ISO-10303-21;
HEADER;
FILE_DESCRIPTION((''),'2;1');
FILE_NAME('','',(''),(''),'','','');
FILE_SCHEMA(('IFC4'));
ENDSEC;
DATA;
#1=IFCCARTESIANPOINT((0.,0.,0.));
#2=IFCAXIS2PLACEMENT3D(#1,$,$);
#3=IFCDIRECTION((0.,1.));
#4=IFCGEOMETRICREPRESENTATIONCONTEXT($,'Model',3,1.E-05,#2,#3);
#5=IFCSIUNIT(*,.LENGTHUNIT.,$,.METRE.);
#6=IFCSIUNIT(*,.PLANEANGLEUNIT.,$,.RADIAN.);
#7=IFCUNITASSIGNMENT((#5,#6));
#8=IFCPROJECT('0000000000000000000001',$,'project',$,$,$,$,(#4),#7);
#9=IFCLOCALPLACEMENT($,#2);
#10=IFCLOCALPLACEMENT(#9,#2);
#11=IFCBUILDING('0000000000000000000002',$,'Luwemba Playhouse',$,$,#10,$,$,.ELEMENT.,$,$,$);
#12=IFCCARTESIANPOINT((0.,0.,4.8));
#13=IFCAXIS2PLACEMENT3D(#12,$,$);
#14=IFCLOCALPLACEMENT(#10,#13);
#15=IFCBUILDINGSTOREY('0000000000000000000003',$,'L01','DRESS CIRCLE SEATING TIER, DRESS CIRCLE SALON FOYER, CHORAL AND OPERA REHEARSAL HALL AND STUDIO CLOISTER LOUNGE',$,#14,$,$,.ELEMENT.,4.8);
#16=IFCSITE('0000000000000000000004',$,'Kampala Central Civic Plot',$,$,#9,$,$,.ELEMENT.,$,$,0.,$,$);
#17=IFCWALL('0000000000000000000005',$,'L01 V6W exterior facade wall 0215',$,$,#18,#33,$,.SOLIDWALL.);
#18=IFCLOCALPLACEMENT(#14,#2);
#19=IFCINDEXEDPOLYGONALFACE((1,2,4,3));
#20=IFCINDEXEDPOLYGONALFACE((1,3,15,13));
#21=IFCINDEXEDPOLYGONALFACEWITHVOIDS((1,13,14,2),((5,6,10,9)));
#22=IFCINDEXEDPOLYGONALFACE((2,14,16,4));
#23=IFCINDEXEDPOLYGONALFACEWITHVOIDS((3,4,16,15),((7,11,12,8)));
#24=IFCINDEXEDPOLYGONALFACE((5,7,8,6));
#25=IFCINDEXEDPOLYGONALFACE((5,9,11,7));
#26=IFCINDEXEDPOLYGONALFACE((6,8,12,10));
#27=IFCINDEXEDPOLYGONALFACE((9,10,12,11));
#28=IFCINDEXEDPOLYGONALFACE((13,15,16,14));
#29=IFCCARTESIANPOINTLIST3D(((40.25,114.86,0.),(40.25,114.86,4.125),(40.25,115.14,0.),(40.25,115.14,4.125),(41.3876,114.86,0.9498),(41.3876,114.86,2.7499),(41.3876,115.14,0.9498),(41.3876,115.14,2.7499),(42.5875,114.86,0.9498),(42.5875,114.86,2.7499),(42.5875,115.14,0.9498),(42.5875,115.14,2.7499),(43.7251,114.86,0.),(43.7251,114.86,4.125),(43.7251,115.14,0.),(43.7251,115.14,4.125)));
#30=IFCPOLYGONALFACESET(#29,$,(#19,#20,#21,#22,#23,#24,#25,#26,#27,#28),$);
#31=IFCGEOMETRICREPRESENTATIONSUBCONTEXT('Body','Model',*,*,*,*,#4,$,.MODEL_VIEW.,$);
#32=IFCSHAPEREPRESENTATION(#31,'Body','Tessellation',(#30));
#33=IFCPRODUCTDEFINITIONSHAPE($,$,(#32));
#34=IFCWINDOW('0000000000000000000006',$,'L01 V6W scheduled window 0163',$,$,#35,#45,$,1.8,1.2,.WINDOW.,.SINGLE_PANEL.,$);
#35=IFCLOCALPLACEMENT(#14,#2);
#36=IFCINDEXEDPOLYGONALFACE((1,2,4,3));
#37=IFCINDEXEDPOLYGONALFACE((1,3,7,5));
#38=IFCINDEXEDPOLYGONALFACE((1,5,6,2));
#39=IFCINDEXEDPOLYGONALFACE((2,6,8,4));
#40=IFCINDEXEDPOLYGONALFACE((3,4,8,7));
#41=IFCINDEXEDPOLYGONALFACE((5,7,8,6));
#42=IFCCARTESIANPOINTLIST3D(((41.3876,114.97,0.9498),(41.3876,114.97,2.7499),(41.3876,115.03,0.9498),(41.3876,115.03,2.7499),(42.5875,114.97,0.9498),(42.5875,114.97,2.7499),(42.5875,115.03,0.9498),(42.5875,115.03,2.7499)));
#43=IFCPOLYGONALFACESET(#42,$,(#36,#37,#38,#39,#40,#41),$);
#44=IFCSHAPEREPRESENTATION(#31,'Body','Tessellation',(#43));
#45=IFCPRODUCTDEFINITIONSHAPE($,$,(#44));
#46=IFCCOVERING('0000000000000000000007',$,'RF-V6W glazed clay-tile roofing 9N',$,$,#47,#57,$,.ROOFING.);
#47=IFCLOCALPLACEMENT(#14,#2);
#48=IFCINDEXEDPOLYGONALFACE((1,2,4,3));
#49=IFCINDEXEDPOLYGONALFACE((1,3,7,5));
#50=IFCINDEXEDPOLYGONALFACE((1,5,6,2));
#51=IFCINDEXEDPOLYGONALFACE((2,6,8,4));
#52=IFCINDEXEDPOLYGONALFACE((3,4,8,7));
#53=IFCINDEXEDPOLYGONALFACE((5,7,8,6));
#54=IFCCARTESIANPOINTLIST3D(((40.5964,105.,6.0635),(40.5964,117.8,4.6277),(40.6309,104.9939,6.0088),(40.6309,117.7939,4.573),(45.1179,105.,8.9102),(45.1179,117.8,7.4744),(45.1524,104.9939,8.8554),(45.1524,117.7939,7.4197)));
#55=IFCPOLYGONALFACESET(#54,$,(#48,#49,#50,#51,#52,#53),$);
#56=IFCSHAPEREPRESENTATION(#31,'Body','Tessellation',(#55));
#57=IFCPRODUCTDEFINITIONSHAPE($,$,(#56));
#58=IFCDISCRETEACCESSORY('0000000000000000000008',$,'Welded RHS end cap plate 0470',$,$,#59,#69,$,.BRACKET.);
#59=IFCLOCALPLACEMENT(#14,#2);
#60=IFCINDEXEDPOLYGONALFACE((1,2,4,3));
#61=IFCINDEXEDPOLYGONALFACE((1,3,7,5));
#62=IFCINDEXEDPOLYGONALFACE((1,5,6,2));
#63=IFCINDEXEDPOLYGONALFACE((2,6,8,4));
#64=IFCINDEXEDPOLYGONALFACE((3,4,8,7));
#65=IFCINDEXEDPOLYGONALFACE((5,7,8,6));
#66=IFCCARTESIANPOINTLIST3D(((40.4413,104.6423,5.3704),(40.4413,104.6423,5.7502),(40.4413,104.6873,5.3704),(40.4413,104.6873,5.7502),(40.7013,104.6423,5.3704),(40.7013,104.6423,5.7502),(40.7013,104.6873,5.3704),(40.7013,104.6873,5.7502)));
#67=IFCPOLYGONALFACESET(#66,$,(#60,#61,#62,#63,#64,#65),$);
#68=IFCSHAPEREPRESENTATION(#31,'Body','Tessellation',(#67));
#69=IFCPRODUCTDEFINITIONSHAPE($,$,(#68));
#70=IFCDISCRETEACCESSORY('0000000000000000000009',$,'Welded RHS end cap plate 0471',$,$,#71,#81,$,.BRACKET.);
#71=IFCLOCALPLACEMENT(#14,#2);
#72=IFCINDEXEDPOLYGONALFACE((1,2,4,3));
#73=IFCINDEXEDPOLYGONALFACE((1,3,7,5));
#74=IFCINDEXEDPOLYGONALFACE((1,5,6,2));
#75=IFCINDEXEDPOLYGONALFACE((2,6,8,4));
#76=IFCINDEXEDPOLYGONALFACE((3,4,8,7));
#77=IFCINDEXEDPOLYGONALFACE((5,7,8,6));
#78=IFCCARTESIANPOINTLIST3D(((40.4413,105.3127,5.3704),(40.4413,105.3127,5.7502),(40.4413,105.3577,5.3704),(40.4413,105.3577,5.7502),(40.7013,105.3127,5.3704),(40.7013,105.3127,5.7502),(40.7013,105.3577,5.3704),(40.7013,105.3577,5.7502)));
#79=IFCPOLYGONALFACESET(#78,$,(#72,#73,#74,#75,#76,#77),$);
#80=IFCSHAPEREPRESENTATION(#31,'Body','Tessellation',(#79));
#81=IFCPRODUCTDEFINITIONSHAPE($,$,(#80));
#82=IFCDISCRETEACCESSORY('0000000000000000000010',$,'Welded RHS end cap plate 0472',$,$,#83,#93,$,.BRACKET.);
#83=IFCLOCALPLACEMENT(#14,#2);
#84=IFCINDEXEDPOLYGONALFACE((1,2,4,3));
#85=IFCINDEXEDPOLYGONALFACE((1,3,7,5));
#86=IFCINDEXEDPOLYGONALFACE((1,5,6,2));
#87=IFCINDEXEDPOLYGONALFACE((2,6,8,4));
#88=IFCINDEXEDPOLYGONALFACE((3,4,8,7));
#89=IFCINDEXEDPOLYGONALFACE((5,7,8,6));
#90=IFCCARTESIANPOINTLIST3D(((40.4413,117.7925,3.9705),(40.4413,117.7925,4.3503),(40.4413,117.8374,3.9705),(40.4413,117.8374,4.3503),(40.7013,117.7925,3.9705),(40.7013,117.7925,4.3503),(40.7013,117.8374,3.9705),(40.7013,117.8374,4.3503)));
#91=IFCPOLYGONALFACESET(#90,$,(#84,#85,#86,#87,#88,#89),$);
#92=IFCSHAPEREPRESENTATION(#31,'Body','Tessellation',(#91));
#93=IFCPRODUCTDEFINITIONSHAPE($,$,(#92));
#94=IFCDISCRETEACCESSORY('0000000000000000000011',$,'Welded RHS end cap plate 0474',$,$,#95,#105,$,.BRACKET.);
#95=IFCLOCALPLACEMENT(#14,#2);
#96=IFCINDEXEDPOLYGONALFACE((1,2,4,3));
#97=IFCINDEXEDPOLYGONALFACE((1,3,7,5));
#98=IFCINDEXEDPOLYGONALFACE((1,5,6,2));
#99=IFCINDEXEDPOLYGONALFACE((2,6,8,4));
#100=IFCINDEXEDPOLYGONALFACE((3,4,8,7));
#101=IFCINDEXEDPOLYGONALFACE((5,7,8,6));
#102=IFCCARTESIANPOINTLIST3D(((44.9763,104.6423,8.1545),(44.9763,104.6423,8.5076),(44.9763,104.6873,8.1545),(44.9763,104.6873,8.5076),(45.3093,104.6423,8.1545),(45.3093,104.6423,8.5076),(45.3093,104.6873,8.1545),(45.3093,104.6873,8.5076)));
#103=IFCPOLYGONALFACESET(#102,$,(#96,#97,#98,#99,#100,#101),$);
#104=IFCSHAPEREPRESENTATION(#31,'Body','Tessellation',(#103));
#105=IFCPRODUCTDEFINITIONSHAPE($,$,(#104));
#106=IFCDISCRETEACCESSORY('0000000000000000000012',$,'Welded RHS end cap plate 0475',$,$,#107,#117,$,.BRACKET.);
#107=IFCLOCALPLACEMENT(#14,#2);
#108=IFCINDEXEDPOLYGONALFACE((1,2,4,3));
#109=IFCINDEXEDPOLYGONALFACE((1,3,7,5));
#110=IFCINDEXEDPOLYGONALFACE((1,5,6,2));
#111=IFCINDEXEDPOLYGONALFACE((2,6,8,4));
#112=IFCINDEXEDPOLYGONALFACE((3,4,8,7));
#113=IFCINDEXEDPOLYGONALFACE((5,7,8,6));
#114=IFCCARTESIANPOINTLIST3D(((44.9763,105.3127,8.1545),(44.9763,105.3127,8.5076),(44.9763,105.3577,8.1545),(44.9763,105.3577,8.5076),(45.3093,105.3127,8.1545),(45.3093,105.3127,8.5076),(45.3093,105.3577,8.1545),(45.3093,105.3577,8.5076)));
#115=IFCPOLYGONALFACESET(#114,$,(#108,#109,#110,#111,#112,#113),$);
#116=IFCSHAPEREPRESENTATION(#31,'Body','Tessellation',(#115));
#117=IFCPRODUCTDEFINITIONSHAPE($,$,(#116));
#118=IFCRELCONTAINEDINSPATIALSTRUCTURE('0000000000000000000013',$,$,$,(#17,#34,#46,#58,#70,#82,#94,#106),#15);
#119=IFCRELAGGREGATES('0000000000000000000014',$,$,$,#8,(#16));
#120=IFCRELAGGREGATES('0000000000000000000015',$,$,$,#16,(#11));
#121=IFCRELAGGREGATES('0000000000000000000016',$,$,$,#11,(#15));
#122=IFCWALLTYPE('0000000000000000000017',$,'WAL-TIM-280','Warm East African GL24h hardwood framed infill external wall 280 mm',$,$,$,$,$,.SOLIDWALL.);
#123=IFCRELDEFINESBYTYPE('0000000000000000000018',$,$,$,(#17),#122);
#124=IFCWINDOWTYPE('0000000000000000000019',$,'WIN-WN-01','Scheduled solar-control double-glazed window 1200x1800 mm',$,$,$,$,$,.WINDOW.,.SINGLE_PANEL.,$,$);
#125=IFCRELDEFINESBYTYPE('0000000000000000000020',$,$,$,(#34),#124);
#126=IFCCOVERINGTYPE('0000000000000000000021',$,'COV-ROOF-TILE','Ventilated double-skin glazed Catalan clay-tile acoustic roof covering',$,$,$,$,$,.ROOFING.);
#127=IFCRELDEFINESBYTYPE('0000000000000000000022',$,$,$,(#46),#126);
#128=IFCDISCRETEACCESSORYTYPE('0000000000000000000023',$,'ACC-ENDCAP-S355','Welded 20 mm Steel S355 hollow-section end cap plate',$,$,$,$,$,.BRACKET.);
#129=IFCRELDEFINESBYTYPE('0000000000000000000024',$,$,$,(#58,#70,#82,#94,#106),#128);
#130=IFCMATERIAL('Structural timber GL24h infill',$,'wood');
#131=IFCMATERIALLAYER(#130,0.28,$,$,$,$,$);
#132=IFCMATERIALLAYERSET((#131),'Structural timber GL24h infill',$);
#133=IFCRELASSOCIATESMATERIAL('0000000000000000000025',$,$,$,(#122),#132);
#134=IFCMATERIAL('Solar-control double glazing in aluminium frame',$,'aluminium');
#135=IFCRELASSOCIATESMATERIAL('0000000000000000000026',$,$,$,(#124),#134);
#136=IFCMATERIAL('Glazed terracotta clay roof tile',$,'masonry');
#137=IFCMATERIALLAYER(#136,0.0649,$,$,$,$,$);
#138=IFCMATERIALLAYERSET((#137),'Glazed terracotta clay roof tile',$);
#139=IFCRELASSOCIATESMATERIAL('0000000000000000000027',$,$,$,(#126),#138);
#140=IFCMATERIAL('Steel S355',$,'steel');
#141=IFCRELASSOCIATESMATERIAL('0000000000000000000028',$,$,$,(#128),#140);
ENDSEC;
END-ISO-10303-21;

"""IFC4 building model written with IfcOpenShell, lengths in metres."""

from ifc_helpers import new_model, si_unit, direction, frame, frame_2d, origin, origin_2d, place, context, subcontext, project, spatial, polyline, rectangle, outline, extrude, material, layer, layer_set, type_object, element, fill, save


model = new_model("IFC4")

# Units and contexts
model_context = context("Model", 3, precision=1e-05, world=origin(), true_north=direction((0.0, 1.0)))
body_context = subcontext(model_context, "Body", "Model", "MODEL_VIEW")
ifc_project = project(units=[si_unit("LENGTHUNIT", "METRE"), si_unit("PLANEANGLEUNIT", "RADIAN")], contexts=[model_context])

# Site, building, storey
site_placement = place(None, origin())
site = spatial("IfcSite", under=ifc_project, at=site_placement, Name="Kampala Central Civic Plot", CompositionType="ELEMENT", RefElevation=0.0)
building_placement = place(site_placement, origin())
building = spatial("IfcBuilding", under=site, at=building_placement, Name="Luwemba Playhouse", CompositionType="ELEMENT")
storey_placement = place(building_placement, frame((0.0, 0.0, 4.8)))
storey = spatial("IfcBuildingStorey", under=building, at=storey_placement, Name="L01", Description="DRESS CIRCLE SEATING TIER, DRESS CIRCLE SALON FOYER, CHORAL AND OPERA REHEARSAL HALL AND STUDIO CLOISTER LOUNGE", CompositionType="ELEMENT", Elevation=4.8)

# Shared definitions
ifc_material_1 = material(Name="Steel S355", Category="steel")

# Wall, opening, window
ifc_material_2 = material(Name="Solar-control double glazing in aluminium frame", Category="aluminium")
ifc_material_3 = material(Name="Structural timber GL24h infill", Category="wood")
ifc_layer_1 = layer(ifc_material_3, 0.28)
ifc_layer_set_1 = layer_set([ifc_layer_1], Name="Structural timber GL24h infill")
wall_type_1 = type_object("IfcWallType", Name="WAL-TIM-280", Description="Warm East African GL24h hardwood framed infill external wall 280 mm", PredefinedType="SOLIDWALL", material=ifc_layer_set_1)
wall_1_placement = place(storey_placement, frame((40.25, 115.0, 0.0), z_axis=(0.0, 0.0, 1.0), x_axis=(1.0, 0.0, 0.0)))
wall_1 = element("IfcWall", 1, at=wall_1_placement, inside=storey, type_object=wall_type_1, Name="L01 V6W exterior facade wall 0215", PredefinedType="SOLIDWALL", context=body_context, shape_type="SweptSolid", body=[
    extrude(rectangle(XDim=3.4751, YDim=0.28, at=frame_2d((1.7375, 0.0))), origin(), (0.0, 0.0, 1.0), 4.125),
])
opening_1_placement = place(wall_1_placement, frame((1.1375, 0.0, 0.95)))
opening_1 = element("IfcOpeningElement", 2, at=opening_1_placement, cuts=wall_1, PredefinedType="OPENING", context=body_context, shape_type="SweptSolid", body=[
    extrude(rectangle(XDim=1.2, YDim=1.8, at=frame_2d((0.6001, 0.8999))), frame((0.0, 0.1499, 0.0), z_axis=(0.0, -1.0, 0.0), x_axis=(1.0, 0.0, 0.0)), (0.0, 0.0, 1.0), 0.3),
])
window_type_1 = type_object("IfcWindowType", Name="WIN-WN-01", Description="Scheduled solar-control double-glazed window 1200x1800 mm", PartitioningType="SINGLE_PANEL", PredefinedType="WINDOW", material=ifc_material_2)
window_1_placement = place(opening_1_placement, origin())
window_1 = element("IfcWindow", 3, at=window_1_placement, inside=storey, type_object=window_type_1, Name="L01 V6W scheduled window 0163", OverallHeight=1.8, OverallWidth=1.2, PartitioningType="SINGLE_PANEL", PredefinedType="WINDOW", context=body_context, shape_type="SweptSolid", body=[
    extrude(rectangle(XDim=1.2, YDim=1.8, at=frame_2d((0.6001, 0.8999))), frame((0.0, 0.03, 0.0), z_axis=(0.0, -1.0, 0.0), x_axis=(1.0, 0.0, 0.0)), (0.0, 0.0, 1.0), 0.0601),
])
fill(opening_1, window_1)

# Covering
ifc_material_4 = material(Name="Glazed terracotta clay roof tile", Category="masonry")
ifc_layer_2 = layer(ifc_material_4, 0.0649)
ifc_layer_set_2 = layer_set([ifc_layer_2], Name="Glazed terracotta clay roof tile")
covering_type = type_object("IfcCoveringType", Name="COV-ROOF-TILE", Description="Ventilated double-skin glazed Catalan clay-tile acoustic roof covering", PredefinedType="ROOFING", material=ifc_layer_set_2)
covering_placement = place(storey_placement, frame((40.5964, 105.0, 6.0635), z_axis=(-0.530405, 0.094499, 0.842461), x_axis=(0.846248, 0.0, 0.532789)))
element("IfcCovering", 4, at=covering_placement, inside=storey, type_object=covering_type, Name="RF-V6W glazed clay-tile roofing 9N", PredefinedType="ROOFING", context=body_context, shape_type="SweptSolid", body=[
    extrude(outline(polyline([(0.0, 0.0), (5.343, 0.0), (4.578, 12.8576), (-0.765, 12.8576), (0.0, 0.0)])), origin(), (0.0, 0.0, -1.0), 0.0649),
])

# Discrete accessories
discrete_accessory_type = type_object("IfcDiscreteAccessoryType", Name="ACC-ENDCAP-S355", Description="Welded 20 mm Steel S355 hollow-section end cap plate", PredefinedType="BRACKET", material=ifc_material_1)
for number, where, z_axis, x_axis, name in (
    (5, (40.5713, 104.6648, 5.3704), (0.0, 0.0, 1.0), (1.0, 0.0, 0.0), "Welded RHS end cap plate 0470"),
    (6, (40.5713, 105.3352, 5.3704), (0.0, 0.0, 1.0), (1.0, 0.0, 0.0), "Welded RHS end cap plate 0471"),
    (7, (40.5713, 117.8149, 3.9705), (0.0, 0.0, 1.0), (1.0, 0.0, 0.0), "Welded RHS end cap plate 0472"),
):
    element("IfcDiscreteAccessory", number, at=place(storey_placement, frame(where, z_axis=z_axis, x_axis=x_axis)), inside=storey, type_object=discrete_accessory_type, Name=name, PredefinedType="BRACKET", context=body_context, shape_type="SweptSolid", body=[
        extrude(rectangle(XDim=0.26, YDim=0.0449, at=origin_2d()), origin(), (0.0, 0.0, 1.0), 0.3799),
    ])
for number, where, z_axis, x_axis, name in (
    (8, (45.1428, 104.6648, 8.1545), (0.0, 0.0, 1.0), (1.0, 0.0, 0.0), "Welded RHS end cap plate 0474"),
    (9, (45.1428, 105.3352, 8.1545), (0.0, 0.0, 1.0), (1.0, 0.0, 0.0), "Welded RHS end cap plate 0475"),
):
    element("IfcDiscreteAccessory", number, at=place(storey_placement, frame(where, z_axis=z_axis, x_axis=x_axis)), inside=storey, type_object=discrete_accessory_type, Name=name, PredefinedType="BRACKET", context=body_context, shape_type="SweptSolid", body=[
        extrude(rectangle(XDim=0.333, YDim=0.0449, at=origin_2d()), origin(), (0.0, 0.0, 1.0), 0.353),
    ])

save(model, "model.ifc")
